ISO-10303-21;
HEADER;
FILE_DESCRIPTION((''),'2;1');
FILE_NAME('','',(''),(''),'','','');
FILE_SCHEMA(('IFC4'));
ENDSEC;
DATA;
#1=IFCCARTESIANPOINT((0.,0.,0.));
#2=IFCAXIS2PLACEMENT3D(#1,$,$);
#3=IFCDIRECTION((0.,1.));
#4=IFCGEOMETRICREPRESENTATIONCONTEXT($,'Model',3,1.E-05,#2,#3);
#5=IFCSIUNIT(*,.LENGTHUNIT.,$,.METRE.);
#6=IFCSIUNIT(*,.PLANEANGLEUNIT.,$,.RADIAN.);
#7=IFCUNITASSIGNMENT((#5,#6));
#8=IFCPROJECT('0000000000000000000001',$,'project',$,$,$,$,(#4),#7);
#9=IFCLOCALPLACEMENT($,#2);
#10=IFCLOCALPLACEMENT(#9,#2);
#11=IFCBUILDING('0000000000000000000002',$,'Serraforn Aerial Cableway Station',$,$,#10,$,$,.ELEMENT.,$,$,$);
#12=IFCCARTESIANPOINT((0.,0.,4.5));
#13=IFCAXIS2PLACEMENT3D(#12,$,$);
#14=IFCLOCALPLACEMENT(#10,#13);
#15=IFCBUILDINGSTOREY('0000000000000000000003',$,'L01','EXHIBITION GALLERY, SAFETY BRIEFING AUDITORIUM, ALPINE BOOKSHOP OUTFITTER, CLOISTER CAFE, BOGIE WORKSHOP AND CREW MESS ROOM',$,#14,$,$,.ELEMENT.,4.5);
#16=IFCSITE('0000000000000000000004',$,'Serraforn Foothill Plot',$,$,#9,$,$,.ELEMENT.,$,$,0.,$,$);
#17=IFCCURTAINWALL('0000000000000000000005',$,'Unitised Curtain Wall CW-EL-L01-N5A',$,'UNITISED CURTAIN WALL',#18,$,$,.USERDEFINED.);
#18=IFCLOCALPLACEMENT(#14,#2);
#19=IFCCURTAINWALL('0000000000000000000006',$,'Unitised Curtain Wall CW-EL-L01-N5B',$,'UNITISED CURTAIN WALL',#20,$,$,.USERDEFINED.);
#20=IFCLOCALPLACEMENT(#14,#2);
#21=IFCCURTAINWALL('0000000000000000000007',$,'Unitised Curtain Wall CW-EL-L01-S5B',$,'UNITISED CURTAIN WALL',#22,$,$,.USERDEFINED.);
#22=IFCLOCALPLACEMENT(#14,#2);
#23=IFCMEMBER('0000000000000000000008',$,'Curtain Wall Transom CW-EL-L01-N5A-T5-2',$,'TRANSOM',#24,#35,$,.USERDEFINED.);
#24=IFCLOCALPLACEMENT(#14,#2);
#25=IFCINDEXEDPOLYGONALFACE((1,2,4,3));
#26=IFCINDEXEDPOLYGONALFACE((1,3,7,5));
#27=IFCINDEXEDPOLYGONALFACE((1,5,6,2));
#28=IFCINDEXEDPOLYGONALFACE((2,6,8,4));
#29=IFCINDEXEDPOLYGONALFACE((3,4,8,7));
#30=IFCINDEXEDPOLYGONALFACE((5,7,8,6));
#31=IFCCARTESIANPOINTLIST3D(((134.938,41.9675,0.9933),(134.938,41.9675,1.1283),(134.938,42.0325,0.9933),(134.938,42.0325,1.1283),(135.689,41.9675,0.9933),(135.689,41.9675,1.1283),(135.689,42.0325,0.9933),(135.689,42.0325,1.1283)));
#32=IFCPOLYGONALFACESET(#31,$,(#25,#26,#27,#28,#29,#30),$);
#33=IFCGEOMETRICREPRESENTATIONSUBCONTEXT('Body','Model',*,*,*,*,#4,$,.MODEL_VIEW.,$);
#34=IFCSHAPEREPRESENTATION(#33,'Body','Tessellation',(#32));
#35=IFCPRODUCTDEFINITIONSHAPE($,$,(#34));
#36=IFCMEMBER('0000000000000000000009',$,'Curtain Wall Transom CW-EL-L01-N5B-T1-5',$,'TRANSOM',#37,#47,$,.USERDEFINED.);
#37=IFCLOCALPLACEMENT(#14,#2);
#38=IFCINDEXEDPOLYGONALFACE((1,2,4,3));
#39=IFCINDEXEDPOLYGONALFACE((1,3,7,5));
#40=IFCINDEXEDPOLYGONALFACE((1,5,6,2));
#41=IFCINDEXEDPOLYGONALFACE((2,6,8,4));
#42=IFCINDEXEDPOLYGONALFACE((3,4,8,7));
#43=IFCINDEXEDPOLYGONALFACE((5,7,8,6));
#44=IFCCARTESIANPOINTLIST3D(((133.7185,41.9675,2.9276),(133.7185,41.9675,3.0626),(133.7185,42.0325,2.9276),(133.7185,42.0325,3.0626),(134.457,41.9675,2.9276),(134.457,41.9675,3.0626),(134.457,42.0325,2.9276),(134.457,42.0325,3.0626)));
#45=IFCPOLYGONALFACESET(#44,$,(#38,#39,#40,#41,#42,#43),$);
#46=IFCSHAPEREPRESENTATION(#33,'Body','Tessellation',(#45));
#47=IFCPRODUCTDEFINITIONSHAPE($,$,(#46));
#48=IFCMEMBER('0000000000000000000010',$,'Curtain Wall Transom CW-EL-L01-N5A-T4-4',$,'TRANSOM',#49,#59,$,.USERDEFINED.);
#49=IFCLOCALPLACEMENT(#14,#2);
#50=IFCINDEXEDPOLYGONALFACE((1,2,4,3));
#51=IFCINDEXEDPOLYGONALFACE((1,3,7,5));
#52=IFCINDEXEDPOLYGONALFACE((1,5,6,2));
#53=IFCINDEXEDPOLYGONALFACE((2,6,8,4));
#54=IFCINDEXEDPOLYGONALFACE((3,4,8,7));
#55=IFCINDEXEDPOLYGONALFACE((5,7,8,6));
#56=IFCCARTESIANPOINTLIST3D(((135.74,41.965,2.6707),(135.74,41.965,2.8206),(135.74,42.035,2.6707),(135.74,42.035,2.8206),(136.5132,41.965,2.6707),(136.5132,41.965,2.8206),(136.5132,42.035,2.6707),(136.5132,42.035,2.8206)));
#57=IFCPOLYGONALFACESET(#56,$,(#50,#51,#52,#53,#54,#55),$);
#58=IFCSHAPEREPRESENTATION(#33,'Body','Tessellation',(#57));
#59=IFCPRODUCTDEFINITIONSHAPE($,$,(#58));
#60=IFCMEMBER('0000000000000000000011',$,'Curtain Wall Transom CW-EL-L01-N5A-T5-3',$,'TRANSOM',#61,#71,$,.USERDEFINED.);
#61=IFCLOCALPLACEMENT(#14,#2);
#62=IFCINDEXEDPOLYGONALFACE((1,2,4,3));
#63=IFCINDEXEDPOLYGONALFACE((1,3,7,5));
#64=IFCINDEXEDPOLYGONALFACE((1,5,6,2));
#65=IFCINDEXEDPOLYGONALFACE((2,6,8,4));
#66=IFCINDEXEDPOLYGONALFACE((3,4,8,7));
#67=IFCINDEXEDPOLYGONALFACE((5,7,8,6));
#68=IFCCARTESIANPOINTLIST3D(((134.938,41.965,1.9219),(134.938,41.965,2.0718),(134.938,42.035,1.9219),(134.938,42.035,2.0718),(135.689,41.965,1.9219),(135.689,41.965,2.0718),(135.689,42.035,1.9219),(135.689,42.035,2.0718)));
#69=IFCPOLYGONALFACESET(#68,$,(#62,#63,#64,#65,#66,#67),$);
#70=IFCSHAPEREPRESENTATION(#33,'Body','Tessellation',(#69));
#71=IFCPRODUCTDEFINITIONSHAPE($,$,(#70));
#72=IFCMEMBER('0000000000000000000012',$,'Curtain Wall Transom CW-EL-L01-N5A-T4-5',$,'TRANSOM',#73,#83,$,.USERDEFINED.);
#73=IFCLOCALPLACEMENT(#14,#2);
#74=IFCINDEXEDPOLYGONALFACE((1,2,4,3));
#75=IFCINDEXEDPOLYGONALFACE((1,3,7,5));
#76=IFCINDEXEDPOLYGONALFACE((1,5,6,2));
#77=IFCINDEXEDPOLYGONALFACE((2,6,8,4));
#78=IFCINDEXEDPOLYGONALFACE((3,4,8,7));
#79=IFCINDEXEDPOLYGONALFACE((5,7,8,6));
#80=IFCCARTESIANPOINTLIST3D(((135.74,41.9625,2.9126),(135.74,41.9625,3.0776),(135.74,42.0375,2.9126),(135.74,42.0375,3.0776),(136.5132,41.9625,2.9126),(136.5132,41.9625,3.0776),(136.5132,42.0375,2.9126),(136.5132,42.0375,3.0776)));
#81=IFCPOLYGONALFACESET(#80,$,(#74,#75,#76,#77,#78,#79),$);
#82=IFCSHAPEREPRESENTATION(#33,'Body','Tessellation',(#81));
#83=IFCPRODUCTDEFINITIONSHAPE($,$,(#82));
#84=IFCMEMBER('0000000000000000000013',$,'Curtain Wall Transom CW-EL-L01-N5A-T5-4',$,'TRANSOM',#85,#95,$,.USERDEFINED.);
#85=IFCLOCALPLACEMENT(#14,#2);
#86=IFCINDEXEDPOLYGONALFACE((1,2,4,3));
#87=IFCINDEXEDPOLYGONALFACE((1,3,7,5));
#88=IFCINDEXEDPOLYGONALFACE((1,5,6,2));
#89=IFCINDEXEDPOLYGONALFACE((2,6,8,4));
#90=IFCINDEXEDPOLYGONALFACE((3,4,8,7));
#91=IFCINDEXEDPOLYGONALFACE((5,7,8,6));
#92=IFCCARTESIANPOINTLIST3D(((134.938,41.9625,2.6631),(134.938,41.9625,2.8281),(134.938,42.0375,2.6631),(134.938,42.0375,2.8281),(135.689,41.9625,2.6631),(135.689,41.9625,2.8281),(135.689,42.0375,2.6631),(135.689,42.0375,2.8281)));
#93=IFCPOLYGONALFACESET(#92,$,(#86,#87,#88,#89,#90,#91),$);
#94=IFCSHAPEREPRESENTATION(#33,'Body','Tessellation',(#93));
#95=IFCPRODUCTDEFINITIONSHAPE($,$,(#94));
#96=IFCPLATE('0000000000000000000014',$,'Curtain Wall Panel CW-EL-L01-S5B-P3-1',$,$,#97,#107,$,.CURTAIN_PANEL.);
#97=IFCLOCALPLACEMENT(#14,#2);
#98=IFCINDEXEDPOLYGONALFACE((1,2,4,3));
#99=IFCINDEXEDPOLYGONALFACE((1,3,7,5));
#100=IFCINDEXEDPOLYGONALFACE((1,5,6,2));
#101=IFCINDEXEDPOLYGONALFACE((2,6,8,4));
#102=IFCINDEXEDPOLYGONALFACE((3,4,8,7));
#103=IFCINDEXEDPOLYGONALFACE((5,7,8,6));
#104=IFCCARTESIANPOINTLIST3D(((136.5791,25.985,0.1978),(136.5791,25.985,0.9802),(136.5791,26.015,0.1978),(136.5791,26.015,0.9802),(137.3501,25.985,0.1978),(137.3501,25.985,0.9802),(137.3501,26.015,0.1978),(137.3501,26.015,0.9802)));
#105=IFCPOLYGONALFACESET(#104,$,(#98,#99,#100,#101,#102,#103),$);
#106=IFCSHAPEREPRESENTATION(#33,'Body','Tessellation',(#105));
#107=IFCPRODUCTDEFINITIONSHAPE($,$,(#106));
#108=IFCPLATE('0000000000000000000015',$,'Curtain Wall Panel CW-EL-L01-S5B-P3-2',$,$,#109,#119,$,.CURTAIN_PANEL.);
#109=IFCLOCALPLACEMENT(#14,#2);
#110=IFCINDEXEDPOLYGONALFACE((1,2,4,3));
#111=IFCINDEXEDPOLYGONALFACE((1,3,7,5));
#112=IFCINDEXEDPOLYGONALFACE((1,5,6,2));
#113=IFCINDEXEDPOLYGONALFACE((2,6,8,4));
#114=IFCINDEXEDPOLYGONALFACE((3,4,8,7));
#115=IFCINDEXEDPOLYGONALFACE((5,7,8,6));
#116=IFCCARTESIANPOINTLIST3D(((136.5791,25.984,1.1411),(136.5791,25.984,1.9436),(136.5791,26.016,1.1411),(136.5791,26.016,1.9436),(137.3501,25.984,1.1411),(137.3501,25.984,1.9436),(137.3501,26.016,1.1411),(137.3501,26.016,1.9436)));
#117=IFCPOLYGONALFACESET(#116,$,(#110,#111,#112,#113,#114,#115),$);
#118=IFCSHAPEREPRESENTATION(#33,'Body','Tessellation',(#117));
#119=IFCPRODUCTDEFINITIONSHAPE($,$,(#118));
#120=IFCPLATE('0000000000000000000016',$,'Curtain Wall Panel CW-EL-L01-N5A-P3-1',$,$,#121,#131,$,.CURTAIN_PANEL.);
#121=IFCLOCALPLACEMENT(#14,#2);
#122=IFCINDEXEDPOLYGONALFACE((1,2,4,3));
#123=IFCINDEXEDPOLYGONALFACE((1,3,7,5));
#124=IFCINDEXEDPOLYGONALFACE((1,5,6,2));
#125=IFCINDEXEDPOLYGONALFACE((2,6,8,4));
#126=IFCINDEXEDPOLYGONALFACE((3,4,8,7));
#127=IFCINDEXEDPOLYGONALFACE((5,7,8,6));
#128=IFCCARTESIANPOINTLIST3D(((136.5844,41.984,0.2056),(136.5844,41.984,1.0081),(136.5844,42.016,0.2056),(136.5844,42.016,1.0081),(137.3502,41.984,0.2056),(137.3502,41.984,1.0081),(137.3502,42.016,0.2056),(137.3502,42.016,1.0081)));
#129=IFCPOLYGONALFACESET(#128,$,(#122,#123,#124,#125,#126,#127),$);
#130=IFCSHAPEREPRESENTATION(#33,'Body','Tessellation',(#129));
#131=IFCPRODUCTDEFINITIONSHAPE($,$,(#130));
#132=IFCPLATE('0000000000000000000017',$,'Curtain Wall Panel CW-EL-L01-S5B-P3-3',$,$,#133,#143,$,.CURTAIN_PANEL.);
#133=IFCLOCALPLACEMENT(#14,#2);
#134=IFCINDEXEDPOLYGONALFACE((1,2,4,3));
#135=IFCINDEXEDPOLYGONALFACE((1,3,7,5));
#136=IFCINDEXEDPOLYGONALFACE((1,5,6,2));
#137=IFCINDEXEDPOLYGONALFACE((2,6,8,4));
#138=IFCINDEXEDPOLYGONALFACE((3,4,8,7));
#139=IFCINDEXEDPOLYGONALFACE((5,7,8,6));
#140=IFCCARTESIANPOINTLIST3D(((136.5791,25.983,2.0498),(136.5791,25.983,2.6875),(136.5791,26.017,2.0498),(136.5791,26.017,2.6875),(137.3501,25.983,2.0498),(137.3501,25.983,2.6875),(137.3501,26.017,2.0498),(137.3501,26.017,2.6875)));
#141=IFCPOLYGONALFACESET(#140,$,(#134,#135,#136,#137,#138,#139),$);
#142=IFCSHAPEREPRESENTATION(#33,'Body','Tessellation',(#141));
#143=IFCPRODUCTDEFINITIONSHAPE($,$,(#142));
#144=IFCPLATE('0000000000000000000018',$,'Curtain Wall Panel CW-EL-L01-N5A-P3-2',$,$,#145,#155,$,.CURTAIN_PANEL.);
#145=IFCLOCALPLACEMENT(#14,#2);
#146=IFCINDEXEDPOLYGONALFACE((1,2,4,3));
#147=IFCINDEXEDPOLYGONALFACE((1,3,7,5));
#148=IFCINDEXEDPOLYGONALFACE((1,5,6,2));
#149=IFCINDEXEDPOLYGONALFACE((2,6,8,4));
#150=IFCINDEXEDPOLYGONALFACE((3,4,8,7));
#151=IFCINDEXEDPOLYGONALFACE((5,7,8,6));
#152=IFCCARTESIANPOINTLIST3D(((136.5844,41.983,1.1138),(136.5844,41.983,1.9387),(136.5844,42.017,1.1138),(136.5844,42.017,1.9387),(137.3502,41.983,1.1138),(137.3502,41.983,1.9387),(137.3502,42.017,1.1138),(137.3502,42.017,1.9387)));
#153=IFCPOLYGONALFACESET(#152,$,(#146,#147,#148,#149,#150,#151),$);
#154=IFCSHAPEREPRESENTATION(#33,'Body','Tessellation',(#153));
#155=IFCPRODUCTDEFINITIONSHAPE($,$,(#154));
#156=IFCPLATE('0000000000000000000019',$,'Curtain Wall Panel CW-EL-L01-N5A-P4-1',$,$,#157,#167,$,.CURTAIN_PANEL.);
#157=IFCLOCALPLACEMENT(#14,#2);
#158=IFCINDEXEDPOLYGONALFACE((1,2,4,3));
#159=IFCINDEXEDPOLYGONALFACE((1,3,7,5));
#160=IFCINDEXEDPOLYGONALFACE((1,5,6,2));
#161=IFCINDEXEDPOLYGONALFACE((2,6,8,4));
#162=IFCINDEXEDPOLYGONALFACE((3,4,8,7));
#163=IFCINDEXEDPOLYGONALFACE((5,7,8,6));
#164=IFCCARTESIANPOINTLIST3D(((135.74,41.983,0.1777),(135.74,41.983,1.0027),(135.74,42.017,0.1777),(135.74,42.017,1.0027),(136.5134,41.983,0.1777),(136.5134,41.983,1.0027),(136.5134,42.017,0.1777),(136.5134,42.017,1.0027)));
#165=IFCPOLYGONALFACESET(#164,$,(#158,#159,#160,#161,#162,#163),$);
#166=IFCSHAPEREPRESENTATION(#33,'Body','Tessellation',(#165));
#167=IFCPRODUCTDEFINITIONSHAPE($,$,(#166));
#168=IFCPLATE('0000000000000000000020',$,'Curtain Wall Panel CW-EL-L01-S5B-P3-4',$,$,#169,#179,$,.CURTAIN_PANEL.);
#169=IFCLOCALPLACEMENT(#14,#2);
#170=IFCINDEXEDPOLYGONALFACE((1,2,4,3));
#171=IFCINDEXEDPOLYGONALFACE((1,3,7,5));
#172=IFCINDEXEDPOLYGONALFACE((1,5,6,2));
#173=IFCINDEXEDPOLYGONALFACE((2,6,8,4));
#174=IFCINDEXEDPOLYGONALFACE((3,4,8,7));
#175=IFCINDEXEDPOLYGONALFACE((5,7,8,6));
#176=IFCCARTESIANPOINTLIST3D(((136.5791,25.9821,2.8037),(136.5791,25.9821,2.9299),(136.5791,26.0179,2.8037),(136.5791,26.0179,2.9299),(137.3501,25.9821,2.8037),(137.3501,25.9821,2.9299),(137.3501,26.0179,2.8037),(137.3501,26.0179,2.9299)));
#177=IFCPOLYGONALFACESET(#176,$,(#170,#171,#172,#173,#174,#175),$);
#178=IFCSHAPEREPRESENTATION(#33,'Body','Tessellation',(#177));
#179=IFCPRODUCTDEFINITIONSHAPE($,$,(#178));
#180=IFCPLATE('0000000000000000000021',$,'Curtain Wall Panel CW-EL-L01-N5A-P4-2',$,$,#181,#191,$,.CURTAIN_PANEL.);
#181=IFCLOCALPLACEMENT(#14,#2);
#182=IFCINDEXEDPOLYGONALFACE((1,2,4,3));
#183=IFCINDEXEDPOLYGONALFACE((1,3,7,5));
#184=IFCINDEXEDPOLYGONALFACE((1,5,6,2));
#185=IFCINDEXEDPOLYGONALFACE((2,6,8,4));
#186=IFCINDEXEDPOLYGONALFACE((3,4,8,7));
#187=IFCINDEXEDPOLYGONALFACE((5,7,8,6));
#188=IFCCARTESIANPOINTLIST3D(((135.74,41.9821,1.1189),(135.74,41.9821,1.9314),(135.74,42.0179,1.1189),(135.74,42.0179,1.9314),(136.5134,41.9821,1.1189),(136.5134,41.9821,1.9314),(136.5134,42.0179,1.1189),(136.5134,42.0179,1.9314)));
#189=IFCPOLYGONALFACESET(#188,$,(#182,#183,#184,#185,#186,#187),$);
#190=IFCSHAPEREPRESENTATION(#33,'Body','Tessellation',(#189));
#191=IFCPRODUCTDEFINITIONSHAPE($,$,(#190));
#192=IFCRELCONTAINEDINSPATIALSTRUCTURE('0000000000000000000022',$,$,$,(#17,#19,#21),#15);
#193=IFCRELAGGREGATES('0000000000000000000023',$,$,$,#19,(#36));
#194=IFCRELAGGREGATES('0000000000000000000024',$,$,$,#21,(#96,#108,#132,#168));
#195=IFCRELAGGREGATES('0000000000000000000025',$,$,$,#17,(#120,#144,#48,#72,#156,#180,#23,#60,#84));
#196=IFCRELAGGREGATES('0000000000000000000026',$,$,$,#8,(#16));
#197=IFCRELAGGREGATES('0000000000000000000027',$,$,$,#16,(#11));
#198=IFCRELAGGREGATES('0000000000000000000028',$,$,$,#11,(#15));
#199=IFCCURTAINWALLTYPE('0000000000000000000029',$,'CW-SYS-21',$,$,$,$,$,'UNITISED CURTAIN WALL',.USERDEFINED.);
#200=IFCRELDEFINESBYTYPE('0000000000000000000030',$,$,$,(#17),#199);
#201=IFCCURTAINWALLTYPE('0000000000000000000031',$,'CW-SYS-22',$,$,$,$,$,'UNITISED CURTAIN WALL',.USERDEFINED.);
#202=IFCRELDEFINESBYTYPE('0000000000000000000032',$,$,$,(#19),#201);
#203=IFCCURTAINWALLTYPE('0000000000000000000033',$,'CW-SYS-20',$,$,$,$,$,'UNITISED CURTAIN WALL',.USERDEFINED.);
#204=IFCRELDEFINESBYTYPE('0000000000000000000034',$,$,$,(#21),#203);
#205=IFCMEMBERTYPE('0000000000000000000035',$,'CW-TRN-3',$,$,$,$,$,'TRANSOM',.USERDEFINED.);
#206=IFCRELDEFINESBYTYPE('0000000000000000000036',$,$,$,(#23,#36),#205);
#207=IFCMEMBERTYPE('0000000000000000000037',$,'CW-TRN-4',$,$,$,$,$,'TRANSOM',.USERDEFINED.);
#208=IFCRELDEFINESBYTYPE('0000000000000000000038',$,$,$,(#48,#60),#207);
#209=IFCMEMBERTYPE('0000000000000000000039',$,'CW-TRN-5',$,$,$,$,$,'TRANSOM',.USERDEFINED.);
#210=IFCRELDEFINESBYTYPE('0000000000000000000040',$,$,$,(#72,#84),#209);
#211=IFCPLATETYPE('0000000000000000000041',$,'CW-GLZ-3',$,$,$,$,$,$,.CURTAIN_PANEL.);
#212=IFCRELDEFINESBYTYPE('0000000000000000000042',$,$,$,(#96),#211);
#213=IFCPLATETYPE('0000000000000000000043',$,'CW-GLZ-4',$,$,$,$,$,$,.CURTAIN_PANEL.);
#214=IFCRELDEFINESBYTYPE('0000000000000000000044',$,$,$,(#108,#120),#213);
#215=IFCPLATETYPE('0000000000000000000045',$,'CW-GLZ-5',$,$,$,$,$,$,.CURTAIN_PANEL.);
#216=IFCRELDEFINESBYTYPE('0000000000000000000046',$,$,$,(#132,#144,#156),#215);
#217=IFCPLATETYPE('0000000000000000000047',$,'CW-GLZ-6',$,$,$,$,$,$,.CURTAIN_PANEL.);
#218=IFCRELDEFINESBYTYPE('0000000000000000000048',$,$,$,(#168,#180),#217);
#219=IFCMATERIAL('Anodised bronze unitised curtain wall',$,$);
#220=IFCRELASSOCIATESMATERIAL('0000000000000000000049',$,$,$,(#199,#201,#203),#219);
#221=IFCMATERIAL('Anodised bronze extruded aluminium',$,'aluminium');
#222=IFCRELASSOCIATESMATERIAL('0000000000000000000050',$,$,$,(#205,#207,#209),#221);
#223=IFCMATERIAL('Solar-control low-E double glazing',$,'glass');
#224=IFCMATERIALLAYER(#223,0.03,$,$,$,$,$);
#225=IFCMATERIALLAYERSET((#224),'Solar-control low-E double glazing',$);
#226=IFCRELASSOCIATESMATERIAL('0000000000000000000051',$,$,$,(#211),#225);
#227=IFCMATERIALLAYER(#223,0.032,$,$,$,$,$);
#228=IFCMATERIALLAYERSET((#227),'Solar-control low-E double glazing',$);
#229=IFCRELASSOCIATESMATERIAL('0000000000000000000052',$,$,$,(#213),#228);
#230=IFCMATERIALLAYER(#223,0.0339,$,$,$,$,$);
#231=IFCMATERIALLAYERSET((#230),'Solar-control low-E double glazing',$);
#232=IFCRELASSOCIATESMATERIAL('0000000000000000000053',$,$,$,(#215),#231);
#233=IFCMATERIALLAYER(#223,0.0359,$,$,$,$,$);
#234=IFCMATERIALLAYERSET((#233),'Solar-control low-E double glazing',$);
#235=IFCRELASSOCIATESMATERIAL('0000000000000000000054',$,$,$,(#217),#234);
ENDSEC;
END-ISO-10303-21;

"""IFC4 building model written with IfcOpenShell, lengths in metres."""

from ifc_helpers import new_model, si_unit, direction, frame, origin, origin_2d, place, context, subcontext, project, spatial, rectangle, extrude, material, layer, layer_set, material_profile, profile_set, type_object, element, aggregate, save


model = new_model("IFC4")

# Units and contexts
model_context = context("Model", 3, precision=1e-05, world=origin(), true_north=direction((0.0, 1.0)))
body_context = subcontext(model_context, "Body", "Model", "MODEL_VIEW")
ifc_project = project(units=[si_unit("LENGTHUNIT", "METRE"), si_unit("PLANEANGLEUNIT", "RADIAN")], contexts=[model_context])

# Site, building, storey
site_placement = place(None, origin())
site = spatial("IfcSite", under=ifc_project, at=site_placement, Name="Serraforn Foothill Plot", CompositionType="ELEMENT", RefElevation=0.0)
building_placement = place(site_placement, origin())
building = spatial("IfcBuilding", under=site, at=building_placement, Name="Serraforn Aerial Cableway Station", CompositionType="ELEMENT")
storey_placement = place(building_placement, frame((0.0, 0.0, 4.5)))
storey = spatial("IfcBuildingStorey", under=building, at=storey_placement, Name="L01", Description="EXHIBITION GALLERY, SAFETY BRIEFING AUDITORIUM, ALPINE BOOKSHOP OUTFITTER, CLOISTER CAFE, BOGIE WORKSHOP AND CREW MESS ROOM", CompositionType="ELEMENT", Elevation=4.5)

# Curtain wall
ifc_material_1 = material(Name="Anodised bronze unitised curtain wall")
curtain_wall_type_1 = type_object("IfcCurtainWallType", Name="CW-SYS-21", ElementType="UNITISED CURTAIN WALL", PredefinedType="USERDEFINED", material=ifc_material_1)
curtain_wall_1_placement = place(storey_placement, origin())
curtain_wall_1 = element("IfcCurtainWall", 1, at=curtain_wall_1_placement, inside=storey, type_object=curtain_wall_type_1, Name="Unitised Curtain Wall CW-EL-L01-N5A", ObjectType="UNITISED CURTAIN WALL", PredefinedType="USERDEFINED")
ifc_material_2 = material(Name="Anodised bronze extruded aluminium", Category="aluminium")

# Curtain wall
curtain_wall_type_2 = type_object("IfcCurtainWallType", Name="CW-SYS-22", ElementType="UNITISED CURTAIN WALL", PredefinedType="USERDEFINED", material=ifc_material_1)
curtain_wall_2_placement = place(storey_placement, origin())
curtain_wall_2 = element("IfcCurtainWall", 2, at=curtain_wall_2_placement, inside=storey, type_object=curtain_wall_type_2, Name="Unitised Curtain Wall CW-EL-L01-N5B", ObjectType="UNITISED CURTAIN WALL", PredefinedType="USERDEFINED")

# Curtain wall
curtain_wall_type_3 = type_object("IfcCurtainWallType", Name="CW-SYS-20", ElementType="UNITISED CURTAIN WALL", PredefinedType="USERDEFINED", material=ifc_material_1)
curtain_wall_3_placement = place(storey_placement, origin())
curtain_wall_3 = element("IfcCurtainWall", 3, at=curtain_wall_3_placement, inside=storey, type_object=curtain_wall_type_3, Name="Unitised Curtain Wall CW-EL-L01-S5B", ObjectType="UNITISED CURTAIN WALL", PredefinedType="USERDEFINED")

# Members
ifc_material_profile_1 = material_profile(ifc_material_2, rectangle(XDim=0.0649, YDim=0.135, at=origin_2d()), Name="CW TRANSOM 65x135")
ifc_profile_set_1 = profile_set([ifc_material_profile_1], Name="Anodised bronze extruded aluminium")
member_type_1 = type_object("IfcMemberType", Name="CW-TRN-3", ElementType="TRANSOM", PredefinedType="USERDEFINED", material=ifc_profile_set_1)
member_1_placement = place(storey_placement, frame((135.689, 42.0, 1.0608), z_axis=(-1.0, 0.0, 0.0), x_axis=(0.0, -1.0, 0.0)))
member_1 = element("IfcMember", 4, at=member_1_placement, type_object=member_type_1, Name="Curtain Wall Transom CW-EL-L01-N5A-T5-2", ObjectType="TRANSOM", PredefinedType="USERDEFINED", context=body_context, shape_type="SweptSolid", body=[
    extrude(rectangle(XDim=0.0649, YDim=0.135, at=origin_2d()), origin(), (0.0, 0.0, 1.0), 0.751),
])
member_2_placement = place(storey_placement, frame((134.457, 42.0, 2.9951), z_axis=(-1.0, 0.0, 0.0), x_axis=(0.0, -1.0, 0.0)))
member_2 = element("IfcMember", 5, at=member_2_placement, type_object=member_type_1, Name="Curtain Wall Transom CW-EL-L01-N5B-T1-5", ObjectType="TRANSOM", PredefinedType="USERDEFINED", context=body_context, shape_type="SweptSolid", body=[
    extrude(rectangle(XDim=0.0649, YDim=0.135, at=origin_2d()), origin(), (0.0, 0.0, 1.0), 0.7385),
])
aggregate(curtain_wall_2, [member_2])
ifc_material_profile_2 = material_profile(ifc_material_2, rectangle(XDim=0.0701, YDim=0.1499, at=origin_2d()), Name="CW TRANSOM 70x150")
ifc_profile_set_2 = profile_set([ifc_material_profile_2], Name="Anodised bronze extruded aluminium")
member_type_2 = type_object("IfcMemberType", Name="CW-TRN-4", ElementType="TRANSOM", PredefinedType="USERDEFINED", material=ifc_profile_set_2)
member_3_placement = place(storey_placement, frame((136.5132, 42.0, 2.7456), z_axis=(-1.0, 0.0, 0.0), x_axis=(0.0, -1.0, 0.0)))
member_3 = element("IfcMember", 6, at=member_3_placement, type_object=member_type_2, Name="Curtain Wall Transom CW-EL-L01-N5A-T4-4", ObjectType="TRANSOM", PredefinedType="USERDEFINED", context=body_context, shape_type="SweptSolid", body=[
    extrude(rectangle(XDim=0.0701, YDim=0.1499, at=origin_2d()), origin(), (0.0, 0.0, 1.0), 0.7732),
])
member_4_placement = place(storey_placement, frame((135.689, 42.0, 1.9968), z_axis=(-1.0, 0.0, 0.0), x_axis=(0.0, -1.0, 0.0)))
member_4 = element("IfcMember", 7, at=member_4_placement, type_object=member_type_2, Name="Curtain Wall Transom CW-EL-L01-N5A-T5-3", ObjectType="TRANSOM", PredefinedType="USERDEFINED", context=body_context, shape_type="SweptSolid", body=[
    extrude(rectangle(XDim=0.0701, YDim=0.1499, at=origin_2d()), origin(), (0.0, 0.0, 1.0), 0.751),
])
ifc_material_profile_3 = material_profile(ifc_material_2, rectangle(XDim=0.075, YDim=0.165, at=origin_2d()), Name="CW TRANSOM 75x165")
ifc_profile_set_3 = profile_set([ifc_material_profile_3], Name="Anodised bronze extruded aluminium")
member_type_3 = type_object("IfcMemberType", Name="CW-TRN-5", ElementType="TRANSOM", PredefinedType="USERDEFINED", material=ifc_profile_set_3)
member_5_placement = place(storey_placement, frame((136.5132, 42.0, 2.9951), z_axis=(-1.0, 0.0, 0.0), x_axis=(0.0, -1.0, 0.0)))
member_5 = element("IfcMember", 8, at=member_5_placement, type_object=member_type_3, Name="Curtain Wall Transom CW-EL-L01-N5A-T4-5", ObjectType="TRANSOM", PredefinedType="USERDEFINED", context=body_context, shape_type="SweptSolid", body=[
    extrude(rectangle(XDim=0.075, YDim=0.165, at=origin_2d()), origin(), (0.0, 0.0, 1.0), 0.7732),
])
member_6_placement = place(storey_placement, frame((135.689, 42.0, 2.7456), z_axis=(-1.0, 0.0, 0.0), x_axis=(0.0, -1.0, 0.0)))
member_6 = element("IfcMember", 9, at=member_6_placement, type_object=member_type_3, Name="Curtain Wall Transom CW-EL-L01-N5A-T5-4", ObjectType="TRANSOM", PredefinedType="USERDEFINED", context=body_context, shape_type="SweptSolid", body=[
    extrude(rectangle(XDim=0.075, YDim=0.165, at=origin_2d()), origin(), (0.0, 0.0, 1.0), 0.751),
])

# Plates
ifc_material_3 = material(Name="Solar-control low-E double glazing", Category="glass")
ifc_layer_1 = layer(ifc_material_3, 0.03)
ifc_layer_set_1 = layer_set([ifc_layer_1], Name="Solar-control low-E double glazing")
plate_type_1 = type_object("IfcPlateType", Name="CW-GLZ-3", PredefinedType="CURTAIN_PANEL", material=ifc_layer_set_1)
plate_1_placement = place(storey_placement, frame((136.9646, 26.0, 0.1978), z_axis=(0.0, 0.0, 1.0), x_axis=(1.0, 0.0, 0.0)))
plate_1 = element("IfcPlate", 10, at=plate_1_placement, type_object=plate_type_1, Name="Curtain Wall Panel CW-EL-L01-S5B-P3-1", PredefinedType="CURTAIN_PANEL", context=body_context, shape_type="SweptSolid", body=[
    extrude(rectangle(XDim=0.771, YDim=0.03, at=origin_2d()), origin(), (0.0, 0.0, 1.0), 0.7825),
])
ifc_layer_2 = layer(ifc_material_3, 0.032)
ifc_layer_set_2 = layer_set([ifc_layer_2], Name="Solar-control low-E double glazing")
plate_type_2 = type_object("IfcPlateType", Name="CW-GLZ-4", PredefinedType="CURTAIN_PANEL", material=ifc_layer_set_2)
plate_2_placement = place(storey_placement, frame((136.9646, 26.0, 1.1411), z_axis=(0.0, 0.0, 1.0), x_axis=(1.0, 0.0, 0.0)))
plate_2 = element("IfcPlate", 11, at=plate_2_placement, type_object=plate_type_2, Name="Curtain Wall Panel CW-EL-L01-S5B-P3-2", PredefinedType="CURTAIN_PANEL", context=body_context, shape_type="SweptSolid", body=[
    extrude(rectangle(XDim=0.771, YDim=0.032, at=origin_2d()), origin(), (0.0, 0.0, 1.0), 0.8025),
])
plate_3_placement = place(storey_placement, frame((136.9673, 42.0, 0.2056), z_axis=(0.0, 0.0, 1.0), x_axis=(1.0, 0.0, 0.0)))
plate_3 = element("IfcPlate", 12, at=plate_3_placement, type_object=plate_type_2, Name="Curtain Wall Panel CW-EL-L01-N5A-P3-1", PredefinedType="CURTAIN_PANEL", context=body_context, shape_type="SweptSolid", body=[
    extrude(rectangle(XDim=0.7659, YDim=0.032, at=origin_2d()), origin(), (0.0, 0.0, 1.0), 0.8025),
])
ifc_layer_3 = layer(ifc_material_3, 0.0339)
ifc_layer_set_3 = layer_set([ifc_layer_3], Name="Solar-control low-E double glazing")
plate_type_3 = type_object("IfcPlateType", Name="CW-GLZ-5", PredefinedType="CURTAIN_PANEL", material=ifc_layer_set_3)
plate_4_placement = place(storey_placement, frame((136.9646, 26.0, 2.0498), z_axis=(0.0, 0.0, 1.0), x_axis=(1.0, 0.0, 0.0)))
plate_4 = element("IfcPlate", 13, at=plate_4_placement, type_object=plate_type_3, Name="Curtain Wall Panel CW-EL-L01-S5B-P3-3", PredefinedType="CURTAIN_PANEL", context=body_context, shape_type="SweptSolid", body=[
    extrude(rectangle(XDim=0.771, YDim=0.0339, at=origin_2d()), origin(), (0.0, 0.0, 1.0), 0.6377),
])
plate_5_placement = place(storey_placement, frame((136.9673, 42.0, 1.1138), z_axis=(0.0, 0.0, 1.0), x_axis=(1.0, 0.0, 0.0)))
plate_5 = element("IfcPlate", 14, at=plate_5_placement, type_object=plate_type_3, Name="Curtain Wall Panel CW-EL-L01-N5A-P3-2", PredefinedType="CURTAIN_PANEL", context=body_context, shape_type="SweptSolid", body=[
    extrude(rectangle(XDim=0.7659, YDim=0.0339, at=origin_2d()), origin(), (0.0, 0.0, 1.0), 0.825),
])
plate_6_placement = place(storey_placement, frame((136.1267, 42.0, 0.1777), z_axis=(0.0, 0.0, 1.0), x_axis=(1.0, 0.0, 0.0)))
plate_6 = element("IfcPlate", 15, at=plate_6_placement, type_object=plate_type_3, Name="Curtain Wall Panel CW-EL-L01-N5A-P4-1", PredefinedType="CURTAIN_PANEL", context=body_context, shape_type="SweptSolid", body=[
    extrude(rectangle(XDim=0.7734, YDim=0.0339, at=origin_2d()), origin(), (0.0, 0.0, 1.0), 0.825),
])
ifc_layer_4 = layer(ifc_material_3, 0.0359)
ifc_layer_set_4 = layer_set([ifc_layer_4], Name="Solar-control low-E double glazing")
plate_type_4 = type_object("IfcPlateType", Name="CW-GLZ-6", PredefinedType="CURTAIN_PANEL", material=ifc_layer_set_4)
plate_7_placement = place(storey_placement, frame((136.9646, 26.0, 2.8037), z_axis=(0.0, 0.0, 1.0), x_axis=(1.0, 0.0, 0.0)))
plate_7 = element("IfcPlate", 16, at=plate_7_placement, type_object=plate_type_4, Name="Curtain Wall Panel CW-EL-L01-S5B-P3-4", PredefinedType="CURTAIN_PANEL", context=body_context, shape_type="SweptSolid", body=[
    extrude(rectangle(XDim=0.771, YDim=0.0359, at=origin_2d()), origin(), (0.0, 0.0, 1.0), 0.1262),
])
aggregate(curtain_wall_3, [plate_1, plate_2, plate_4, plate_7])
plate_8_placement = place(storey_placement, frame((136.1267, 42.0, 1.1189), z_axis=(0.0, 0.0, 1.0), x_axis=(1.0, 0.0, 0.0)))
plate_8 = element("IfcPlate", 17, at=plate_8_placement, type_object=plate_type_4, Name="Curtain Wall Panel CW-EL-L01-N5A-P4-2", PredefinedType="CURTAIN_PANEL", context=body_context, shape_type="SweptSolid", body=[
    extrude(rectangle(XDim=0.7734, YDim=0.0359, at=origin_2d()), origin(), (0.0, 0.0, 1.0), 0.8125),
])
aggregate(curtain_wall_1, [plate_3, plate_5, member_3, member_5, plate_6, plate_8, member_1, member_4, member_6])

save(model, "model.ifc")
